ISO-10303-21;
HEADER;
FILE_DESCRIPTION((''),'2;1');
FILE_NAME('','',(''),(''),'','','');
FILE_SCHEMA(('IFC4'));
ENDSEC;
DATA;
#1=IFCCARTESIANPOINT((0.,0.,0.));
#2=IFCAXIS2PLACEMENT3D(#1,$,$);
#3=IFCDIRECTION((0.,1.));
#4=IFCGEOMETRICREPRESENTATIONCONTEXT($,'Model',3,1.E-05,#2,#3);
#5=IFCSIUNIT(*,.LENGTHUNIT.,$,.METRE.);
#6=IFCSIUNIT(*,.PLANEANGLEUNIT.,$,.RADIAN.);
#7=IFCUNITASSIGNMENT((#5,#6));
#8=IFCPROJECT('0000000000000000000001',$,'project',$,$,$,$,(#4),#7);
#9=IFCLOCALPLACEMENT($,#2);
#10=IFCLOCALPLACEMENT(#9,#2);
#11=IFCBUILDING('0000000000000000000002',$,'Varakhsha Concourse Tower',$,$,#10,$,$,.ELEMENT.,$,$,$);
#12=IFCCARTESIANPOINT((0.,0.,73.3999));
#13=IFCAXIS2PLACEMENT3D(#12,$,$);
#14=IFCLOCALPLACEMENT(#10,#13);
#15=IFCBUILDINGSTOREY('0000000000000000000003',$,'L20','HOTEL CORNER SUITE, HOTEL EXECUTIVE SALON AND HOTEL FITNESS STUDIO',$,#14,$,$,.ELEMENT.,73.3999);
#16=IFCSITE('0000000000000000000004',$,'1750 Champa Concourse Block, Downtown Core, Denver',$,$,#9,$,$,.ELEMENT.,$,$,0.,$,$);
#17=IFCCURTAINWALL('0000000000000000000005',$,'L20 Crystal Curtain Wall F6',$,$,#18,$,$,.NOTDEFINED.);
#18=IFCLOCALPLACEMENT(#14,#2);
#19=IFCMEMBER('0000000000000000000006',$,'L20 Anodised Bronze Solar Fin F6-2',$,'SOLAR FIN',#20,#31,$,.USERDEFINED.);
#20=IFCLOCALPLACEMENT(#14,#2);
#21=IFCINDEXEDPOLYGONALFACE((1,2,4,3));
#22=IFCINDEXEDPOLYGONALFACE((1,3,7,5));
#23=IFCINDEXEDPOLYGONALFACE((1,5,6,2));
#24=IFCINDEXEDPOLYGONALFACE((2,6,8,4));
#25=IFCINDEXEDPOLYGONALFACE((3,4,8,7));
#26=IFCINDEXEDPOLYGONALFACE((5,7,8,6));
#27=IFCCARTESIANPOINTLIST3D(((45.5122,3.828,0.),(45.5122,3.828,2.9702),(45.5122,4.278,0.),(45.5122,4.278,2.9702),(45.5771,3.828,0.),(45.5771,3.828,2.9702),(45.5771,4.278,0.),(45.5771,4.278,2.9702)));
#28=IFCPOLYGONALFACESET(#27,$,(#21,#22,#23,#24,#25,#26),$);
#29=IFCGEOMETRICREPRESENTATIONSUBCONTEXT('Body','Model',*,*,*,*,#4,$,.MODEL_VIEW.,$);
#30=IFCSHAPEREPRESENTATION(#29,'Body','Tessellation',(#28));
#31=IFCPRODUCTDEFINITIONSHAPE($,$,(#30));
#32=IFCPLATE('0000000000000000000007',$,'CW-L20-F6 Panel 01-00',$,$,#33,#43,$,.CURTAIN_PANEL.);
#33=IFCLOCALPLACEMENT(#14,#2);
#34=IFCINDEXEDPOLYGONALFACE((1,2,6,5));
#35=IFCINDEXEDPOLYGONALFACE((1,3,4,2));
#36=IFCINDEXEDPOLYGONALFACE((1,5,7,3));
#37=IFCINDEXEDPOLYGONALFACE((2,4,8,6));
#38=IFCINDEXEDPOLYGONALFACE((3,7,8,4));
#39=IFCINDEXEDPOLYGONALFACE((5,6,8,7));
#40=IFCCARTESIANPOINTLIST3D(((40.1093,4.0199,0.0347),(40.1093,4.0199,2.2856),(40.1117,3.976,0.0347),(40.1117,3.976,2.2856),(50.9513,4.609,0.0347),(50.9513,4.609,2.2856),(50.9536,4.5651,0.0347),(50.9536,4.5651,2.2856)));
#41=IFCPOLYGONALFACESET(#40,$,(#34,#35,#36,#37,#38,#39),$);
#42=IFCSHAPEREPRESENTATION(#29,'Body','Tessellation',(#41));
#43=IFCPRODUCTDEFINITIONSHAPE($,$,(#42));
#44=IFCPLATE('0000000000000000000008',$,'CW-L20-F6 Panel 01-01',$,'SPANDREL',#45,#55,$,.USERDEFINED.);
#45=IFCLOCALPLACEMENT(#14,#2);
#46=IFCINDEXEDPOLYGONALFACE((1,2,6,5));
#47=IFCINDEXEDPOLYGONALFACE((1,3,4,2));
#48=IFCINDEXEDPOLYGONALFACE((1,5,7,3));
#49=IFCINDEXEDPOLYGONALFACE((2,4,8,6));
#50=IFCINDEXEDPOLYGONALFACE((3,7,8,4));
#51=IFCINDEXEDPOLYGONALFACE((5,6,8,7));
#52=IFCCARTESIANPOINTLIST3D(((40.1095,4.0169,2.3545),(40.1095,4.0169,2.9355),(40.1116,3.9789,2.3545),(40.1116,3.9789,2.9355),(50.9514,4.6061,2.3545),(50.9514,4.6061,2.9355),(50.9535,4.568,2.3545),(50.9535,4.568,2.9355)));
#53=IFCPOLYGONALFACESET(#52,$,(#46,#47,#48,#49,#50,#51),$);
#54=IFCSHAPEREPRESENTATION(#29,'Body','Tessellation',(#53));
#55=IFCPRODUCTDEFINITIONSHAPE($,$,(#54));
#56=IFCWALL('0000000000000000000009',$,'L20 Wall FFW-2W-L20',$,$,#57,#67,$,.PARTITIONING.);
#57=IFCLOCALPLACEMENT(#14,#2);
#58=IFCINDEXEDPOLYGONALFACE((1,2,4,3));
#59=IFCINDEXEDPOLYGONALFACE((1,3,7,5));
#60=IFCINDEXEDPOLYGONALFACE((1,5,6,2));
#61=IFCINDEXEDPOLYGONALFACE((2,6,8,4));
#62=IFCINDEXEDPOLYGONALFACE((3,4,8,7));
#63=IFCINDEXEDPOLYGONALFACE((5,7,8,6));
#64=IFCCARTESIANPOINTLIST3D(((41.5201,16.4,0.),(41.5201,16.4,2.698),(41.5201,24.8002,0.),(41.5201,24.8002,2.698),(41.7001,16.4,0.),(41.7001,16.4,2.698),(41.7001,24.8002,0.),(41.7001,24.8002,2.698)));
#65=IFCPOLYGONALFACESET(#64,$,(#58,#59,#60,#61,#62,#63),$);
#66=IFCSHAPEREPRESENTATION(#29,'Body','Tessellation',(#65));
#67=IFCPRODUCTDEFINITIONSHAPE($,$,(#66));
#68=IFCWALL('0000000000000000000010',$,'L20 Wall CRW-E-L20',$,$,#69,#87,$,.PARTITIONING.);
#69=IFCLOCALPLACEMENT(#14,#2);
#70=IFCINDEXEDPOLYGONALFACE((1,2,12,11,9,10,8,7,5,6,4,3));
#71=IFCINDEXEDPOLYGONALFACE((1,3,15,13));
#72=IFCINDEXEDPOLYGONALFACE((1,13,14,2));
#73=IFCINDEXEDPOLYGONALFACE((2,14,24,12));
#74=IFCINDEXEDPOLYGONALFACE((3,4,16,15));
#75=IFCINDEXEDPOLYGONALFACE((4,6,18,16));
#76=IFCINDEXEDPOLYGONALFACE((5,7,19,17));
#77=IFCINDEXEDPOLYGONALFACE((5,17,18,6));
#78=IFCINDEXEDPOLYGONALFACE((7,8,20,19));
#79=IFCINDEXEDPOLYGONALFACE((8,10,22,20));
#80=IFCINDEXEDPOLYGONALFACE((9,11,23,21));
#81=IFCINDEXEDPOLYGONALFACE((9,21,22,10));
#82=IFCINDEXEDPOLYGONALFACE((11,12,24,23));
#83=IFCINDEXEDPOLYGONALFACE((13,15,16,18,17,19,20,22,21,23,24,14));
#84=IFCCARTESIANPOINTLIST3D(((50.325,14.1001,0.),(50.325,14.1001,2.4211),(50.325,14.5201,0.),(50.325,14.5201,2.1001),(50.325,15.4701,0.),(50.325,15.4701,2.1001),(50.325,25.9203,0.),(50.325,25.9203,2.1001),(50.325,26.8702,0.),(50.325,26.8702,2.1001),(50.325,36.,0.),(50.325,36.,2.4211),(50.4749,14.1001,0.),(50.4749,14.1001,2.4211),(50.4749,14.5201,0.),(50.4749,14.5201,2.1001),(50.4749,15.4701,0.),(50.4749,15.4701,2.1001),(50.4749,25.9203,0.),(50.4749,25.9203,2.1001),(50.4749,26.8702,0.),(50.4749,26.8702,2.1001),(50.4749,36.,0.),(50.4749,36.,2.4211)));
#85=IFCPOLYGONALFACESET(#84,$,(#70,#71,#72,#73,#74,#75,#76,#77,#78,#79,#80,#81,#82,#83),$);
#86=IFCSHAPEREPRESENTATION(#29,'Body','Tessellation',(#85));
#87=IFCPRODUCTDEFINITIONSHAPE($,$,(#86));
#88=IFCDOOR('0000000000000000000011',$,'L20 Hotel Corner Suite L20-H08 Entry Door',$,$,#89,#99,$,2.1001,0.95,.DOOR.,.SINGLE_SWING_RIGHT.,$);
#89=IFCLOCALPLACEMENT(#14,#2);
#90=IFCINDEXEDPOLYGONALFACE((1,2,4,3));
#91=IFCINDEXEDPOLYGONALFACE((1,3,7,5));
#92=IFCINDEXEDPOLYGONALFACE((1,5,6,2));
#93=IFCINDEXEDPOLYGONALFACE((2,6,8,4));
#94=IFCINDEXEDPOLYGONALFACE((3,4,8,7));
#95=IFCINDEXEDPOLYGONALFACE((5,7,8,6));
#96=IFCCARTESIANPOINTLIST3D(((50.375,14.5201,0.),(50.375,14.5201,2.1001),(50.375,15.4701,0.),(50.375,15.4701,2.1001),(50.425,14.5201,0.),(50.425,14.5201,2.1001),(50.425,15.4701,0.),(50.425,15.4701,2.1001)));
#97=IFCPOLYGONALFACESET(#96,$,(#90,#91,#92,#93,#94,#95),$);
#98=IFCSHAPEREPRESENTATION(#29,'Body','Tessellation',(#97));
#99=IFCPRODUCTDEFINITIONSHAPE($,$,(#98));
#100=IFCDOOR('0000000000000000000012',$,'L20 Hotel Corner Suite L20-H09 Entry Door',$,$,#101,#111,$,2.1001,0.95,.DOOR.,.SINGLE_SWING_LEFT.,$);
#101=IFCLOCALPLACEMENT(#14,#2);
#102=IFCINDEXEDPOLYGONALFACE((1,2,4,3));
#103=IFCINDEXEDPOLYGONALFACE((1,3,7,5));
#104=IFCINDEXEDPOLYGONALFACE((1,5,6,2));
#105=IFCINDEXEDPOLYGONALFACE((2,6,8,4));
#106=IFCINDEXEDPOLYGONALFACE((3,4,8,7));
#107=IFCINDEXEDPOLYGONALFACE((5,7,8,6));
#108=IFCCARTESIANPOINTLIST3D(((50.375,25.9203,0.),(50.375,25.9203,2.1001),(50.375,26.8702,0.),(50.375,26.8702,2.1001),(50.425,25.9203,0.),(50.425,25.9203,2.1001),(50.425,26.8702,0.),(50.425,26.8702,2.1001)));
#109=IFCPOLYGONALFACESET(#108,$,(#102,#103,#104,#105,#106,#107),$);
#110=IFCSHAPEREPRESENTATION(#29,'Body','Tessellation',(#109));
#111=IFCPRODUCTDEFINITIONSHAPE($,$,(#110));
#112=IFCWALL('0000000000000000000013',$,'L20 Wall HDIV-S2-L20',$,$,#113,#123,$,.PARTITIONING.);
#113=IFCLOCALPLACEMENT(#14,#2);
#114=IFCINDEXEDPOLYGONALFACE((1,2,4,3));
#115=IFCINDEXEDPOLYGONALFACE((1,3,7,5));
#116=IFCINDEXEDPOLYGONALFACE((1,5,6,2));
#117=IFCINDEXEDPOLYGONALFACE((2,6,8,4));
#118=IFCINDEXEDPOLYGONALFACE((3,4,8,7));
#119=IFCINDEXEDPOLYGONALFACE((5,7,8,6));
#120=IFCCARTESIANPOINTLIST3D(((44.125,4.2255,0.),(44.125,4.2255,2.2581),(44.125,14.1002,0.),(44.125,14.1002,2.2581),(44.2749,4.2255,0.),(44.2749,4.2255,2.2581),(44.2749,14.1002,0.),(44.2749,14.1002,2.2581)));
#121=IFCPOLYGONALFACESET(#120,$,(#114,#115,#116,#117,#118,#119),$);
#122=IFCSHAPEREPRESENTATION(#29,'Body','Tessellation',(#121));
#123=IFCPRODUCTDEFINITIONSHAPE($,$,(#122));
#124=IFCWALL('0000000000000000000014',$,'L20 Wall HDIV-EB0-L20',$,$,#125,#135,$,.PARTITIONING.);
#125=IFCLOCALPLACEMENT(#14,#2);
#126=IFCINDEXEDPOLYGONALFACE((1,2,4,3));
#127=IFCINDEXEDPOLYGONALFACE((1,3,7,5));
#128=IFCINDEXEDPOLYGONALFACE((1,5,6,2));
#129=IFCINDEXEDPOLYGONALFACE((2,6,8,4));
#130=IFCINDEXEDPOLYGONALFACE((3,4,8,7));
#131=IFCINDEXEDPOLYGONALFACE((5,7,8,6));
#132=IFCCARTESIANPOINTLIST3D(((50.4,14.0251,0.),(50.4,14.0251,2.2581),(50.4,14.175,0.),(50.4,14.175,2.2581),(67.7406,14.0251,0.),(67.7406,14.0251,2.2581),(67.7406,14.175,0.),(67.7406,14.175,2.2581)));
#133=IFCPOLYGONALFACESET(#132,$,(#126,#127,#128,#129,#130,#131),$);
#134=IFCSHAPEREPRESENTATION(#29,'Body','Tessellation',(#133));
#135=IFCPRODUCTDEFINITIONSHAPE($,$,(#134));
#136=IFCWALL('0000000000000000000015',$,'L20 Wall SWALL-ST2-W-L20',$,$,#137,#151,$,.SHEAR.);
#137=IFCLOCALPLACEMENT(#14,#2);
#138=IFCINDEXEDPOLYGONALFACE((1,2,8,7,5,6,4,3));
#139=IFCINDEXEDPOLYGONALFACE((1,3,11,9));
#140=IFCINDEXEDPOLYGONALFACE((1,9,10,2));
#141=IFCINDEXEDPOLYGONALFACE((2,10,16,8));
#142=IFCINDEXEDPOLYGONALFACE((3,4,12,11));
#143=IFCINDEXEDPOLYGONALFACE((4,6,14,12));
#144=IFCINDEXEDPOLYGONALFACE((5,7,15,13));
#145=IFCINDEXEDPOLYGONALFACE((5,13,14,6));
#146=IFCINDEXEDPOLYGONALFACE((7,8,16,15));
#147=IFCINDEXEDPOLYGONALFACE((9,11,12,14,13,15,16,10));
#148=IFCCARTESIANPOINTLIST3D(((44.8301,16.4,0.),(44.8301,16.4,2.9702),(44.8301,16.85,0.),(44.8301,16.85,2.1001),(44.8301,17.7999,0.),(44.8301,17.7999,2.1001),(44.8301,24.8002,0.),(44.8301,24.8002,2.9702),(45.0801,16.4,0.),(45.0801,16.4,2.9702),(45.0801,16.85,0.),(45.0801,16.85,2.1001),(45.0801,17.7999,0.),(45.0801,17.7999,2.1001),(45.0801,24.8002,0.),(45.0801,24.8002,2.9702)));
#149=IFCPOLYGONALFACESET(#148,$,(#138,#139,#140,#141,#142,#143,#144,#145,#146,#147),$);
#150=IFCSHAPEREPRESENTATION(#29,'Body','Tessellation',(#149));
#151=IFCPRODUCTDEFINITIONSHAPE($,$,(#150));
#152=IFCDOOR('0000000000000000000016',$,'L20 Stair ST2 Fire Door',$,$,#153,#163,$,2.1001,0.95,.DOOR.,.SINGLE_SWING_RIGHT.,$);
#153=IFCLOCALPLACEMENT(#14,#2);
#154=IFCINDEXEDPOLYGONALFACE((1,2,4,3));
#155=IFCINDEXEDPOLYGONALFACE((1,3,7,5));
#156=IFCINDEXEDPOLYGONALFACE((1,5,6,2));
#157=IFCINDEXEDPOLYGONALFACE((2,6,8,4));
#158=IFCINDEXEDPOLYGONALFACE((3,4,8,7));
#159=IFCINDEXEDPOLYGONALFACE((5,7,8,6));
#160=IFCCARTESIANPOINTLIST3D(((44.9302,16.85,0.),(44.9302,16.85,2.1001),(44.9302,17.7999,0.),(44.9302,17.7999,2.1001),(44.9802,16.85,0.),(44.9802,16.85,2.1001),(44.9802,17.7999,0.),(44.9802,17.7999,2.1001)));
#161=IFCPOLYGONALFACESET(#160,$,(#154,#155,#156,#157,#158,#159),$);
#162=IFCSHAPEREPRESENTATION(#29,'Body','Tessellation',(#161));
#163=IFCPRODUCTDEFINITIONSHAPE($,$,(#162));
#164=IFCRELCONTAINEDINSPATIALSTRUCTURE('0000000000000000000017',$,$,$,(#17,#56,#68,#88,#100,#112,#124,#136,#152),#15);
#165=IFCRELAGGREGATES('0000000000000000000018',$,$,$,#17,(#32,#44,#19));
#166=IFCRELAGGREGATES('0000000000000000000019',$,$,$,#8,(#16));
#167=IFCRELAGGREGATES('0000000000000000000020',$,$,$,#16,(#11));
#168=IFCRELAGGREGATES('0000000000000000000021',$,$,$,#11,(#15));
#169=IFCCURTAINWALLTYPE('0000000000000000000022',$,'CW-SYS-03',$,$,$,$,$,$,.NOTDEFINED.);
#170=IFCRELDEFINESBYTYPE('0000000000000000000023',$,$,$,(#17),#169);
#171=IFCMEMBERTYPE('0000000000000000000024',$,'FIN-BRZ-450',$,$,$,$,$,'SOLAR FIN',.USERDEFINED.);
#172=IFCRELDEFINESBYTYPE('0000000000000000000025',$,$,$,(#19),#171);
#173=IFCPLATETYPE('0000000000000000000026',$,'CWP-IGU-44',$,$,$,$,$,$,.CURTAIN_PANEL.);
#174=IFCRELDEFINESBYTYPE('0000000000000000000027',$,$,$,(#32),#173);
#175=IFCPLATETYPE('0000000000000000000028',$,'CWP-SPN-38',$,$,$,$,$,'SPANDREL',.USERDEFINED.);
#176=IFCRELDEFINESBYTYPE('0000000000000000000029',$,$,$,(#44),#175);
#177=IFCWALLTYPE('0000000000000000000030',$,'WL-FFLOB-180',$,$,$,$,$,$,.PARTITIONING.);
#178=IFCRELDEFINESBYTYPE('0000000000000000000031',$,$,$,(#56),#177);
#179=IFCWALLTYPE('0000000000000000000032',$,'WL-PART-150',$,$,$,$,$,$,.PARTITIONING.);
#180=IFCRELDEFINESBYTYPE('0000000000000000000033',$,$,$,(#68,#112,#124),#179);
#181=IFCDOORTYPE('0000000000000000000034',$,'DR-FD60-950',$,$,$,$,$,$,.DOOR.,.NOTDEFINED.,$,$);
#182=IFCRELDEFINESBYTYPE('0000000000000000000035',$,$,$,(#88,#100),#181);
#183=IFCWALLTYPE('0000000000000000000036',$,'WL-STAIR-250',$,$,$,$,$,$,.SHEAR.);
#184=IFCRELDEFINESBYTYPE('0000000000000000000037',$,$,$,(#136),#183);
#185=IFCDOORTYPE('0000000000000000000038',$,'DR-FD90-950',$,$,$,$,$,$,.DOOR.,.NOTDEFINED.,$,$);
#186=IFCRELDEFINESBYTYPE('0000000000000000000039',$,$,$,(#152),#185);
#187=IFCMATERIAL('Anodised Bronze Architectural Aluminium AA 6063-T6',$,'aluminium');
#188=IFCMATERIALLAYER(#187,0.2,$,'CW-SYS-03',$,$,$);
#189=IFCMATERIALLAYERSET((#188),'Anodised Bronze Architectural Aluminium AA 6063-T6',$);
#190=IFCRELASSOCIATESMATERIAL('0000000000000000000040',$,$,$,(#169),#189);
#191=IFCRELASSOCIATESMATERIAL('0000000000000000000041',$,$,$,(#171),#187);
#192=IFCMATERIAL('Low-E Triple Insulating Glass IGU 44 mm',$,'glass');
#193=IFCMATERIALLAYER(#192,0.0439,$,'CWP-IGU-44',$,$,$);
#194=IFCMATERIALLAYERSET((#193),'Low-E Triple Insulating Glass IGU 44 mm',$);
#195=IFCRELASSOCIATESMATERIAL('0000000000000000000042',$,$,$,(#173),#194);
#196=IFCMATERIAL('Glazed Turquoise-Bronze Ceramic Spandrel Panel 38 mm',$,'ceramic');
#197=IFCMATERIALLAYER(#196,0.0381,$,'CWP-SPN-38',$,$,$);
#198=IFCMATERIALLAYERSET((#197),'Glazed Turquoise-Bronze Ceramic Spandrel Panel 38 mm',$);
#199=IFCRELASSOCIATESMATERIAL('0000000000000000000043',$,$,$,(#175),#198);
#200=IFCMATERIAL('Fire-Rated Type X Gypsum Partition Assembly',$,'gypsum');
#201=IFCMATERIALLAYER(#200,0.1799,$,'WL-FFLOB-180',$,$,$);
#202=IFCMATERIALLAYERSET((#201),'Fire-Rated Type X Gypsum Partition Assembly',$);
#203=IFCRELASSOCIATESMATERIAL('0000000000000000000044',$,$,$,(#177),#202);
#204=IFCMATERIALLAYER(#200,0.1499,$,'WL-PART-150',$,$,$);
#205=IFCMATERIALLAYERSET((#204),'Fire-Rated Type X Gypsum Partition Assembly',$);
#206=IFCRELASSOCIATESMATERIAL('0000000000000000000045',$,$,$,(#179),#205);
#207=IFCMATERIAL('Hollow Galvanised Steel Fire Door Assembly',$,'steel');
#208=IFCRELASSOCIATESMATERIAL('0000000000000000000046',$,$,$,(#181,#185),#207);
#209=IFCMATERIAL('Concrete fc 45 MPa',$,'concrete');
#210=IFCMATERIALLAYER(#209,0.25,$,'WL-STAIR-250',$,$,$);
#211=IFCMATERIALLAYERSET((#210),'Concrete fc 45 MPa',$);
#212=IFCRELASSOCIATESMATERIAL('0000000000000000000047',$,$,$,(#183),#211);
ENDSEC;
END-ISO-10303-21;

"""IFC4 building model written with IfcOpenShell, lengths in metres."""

from ifc_helpers import new_model, si_unit, direction, frame, frame_2d, origin, origin_2d, place, context, subcontext, project, spatial, rectangle, extrude, source, transform, mapped, material, layer, layer_set, material_profile, profile_set, type_object, type_shapes, element, fill, aggregate, save


model = new_model("IFC4")

# Units and contexts
model_context = context("Model", 3, precision=1e-05, world=origin(), true_north=direction((0.0, 1.0)))
body_context = subcontext(model_context, "Body", "Model", "MODEL_VIEW")
ifc_project = project(units=[si_unit("LENGTHUNIT", "METRE"), si_unit("PLANEANGLEUNIT", "RADIAN")], contexts=[model_context])

# Site, building, storey
site_placement = place(None, origin())
site = spatial("IfcSite", under=ifc_project, at=site_placement, Name="1750 Champa Concourse Block, Downtown Core, Denver", CompositionType="ELEMENT", RefElevation=0.0)
building_placement = place(site_placement, origin())
building = spatial("IfcBuilding", under=site, at=building_placement, Name="Varakhsha Concourse Tower", CompositionType="ELEMENT")
storey_placement = place(building_placement, frame((0.0, 0.0, 73.3999)))
storey = spatial("IfcBuildingStorey", under=building, at=storey_placement, Name="L20", Description="HOTEL CORNER SUITE, HOTEL EXECUTIVE SALON AND HOTEL FITNESS STUDIO", CompositionType="ELEMENT", Elevation=73.3999)

# Shared definitions
ifc_material_1 = material(Name="Anodised Bronze Architectural Aluminium AA 6063-T6", Category="aluminium")
ifc_layer_1 = layer(ifc_material_1, 0.2, Name="CW-SYS-03")
ifc_layer_set_1 = layer_set([ifc_layer_1], Name="Anodised Bronze Architectural Aluminium AA 6063-T6")
curtain_wall_type = type_object("IfcCurtainWallType", Name="CW-SYS-03", PredefinedType="NOTDEFINED", material=ifc_layer_set_1)

# Curtain wall
curtain_wall_1_placement = place(storey_placement, origin())
curtain_wall_1 = element("IfcCurtainWall", 1, at=curtain_wall_1_placement, inside=storey, type_object=curtain_wall_type, Name="L20 Crystal Curtain Wall F6", PredefinedType="NOTDEFINED")

# Member
ifc_material_profile_1 = material_profile(ifc_material_1, rectangle(XDim=0.0649, YDim=0.45, at=origin_2d()), Name="FIN-BRZ-450")
ifc_profile_set_1 = profile_set([ifc_material_profile_1], Name="Anodised Bronze Architectural Aluminium AA 6063-T6")
member_type_1 = type_object("IfcMemberType", Name="FIN-BRZ-450", ElementType="SOLAR FIN", PredefinedType="USERDEFINED", material=ifc_profile_set_1)
shared_shape_1 = source(origin(), body_context, "Body", "SweptSolid", [
    extrude(rectangle(XDim=0.0649, YDim=0.45, at=origin_2d()), origin(), (0.0, 0.0, 1.0), 2.9702),
])
type_shapes(member_type_1, [shared_shape_1])
member_1_placement = place(storey_placement, frame((45.5447, 4.053, 0.0), z_axis=(0.0, 0.0, 1.0), x_axis=(1.0, 0.0, 0.0)))
member_1 = element("IfcMember", 2, at=member_1_placement, type_object=member_type_1, Name="L20 Anodised Bronze Solar Fin F6-2", ObjectType="SOLAR FIN", PredefinedType="USERDEFINED", context=body_context, shape_type="MappedRepresentation", body=[
    mapped(shared_shape_1, transform((0.0, 0.0, 0.0), scale=1.0)),
])

# Plates
ifc_material_2 = material(Name="Low-E Triple Insulating Glass IGU 44 mm", Category="glass")
ifc_layer_2 = layer(ifc_material_2, 0.0439, Name="CWP-IGU-44")
ifc_layer_set_2 = layer_set([ifc_layer_2], Name="Low-E Triple Insulating Glass IGU 44 mm")
plate_type_1 = type_object("IfcPlateType", Name="CWP-IGU-44", PredefinedType="CURTAIN_PANEL", material=ifc_layer_set_2)
shared_shape_2 = source(origin(), body_context, "Body", "SweptSolid", [
    extrude(rectangle(XDim=10.8579, YDim=0.0439, at=origin_2d()), origin(), (0.0, 0.0, 1.0), 2.251),
])
type_shapes(plate_type_1, [shared_shape_2])
plate_1_placement = place(storey_placement, frame((45.5315, 4.2925, 0.0347), z_axis=(0.0, 0.0, 1.0), x_axis=(-0.998527, -0.054257, 0.0)))
plate_1 = element("IfcPlate", 3, at=plate_1_placement, type_object=plate_type_1, Name="CW-L20-F6 Panel 01-00", PredefinedType="CURTAIN_PANEL", context=body_context, shape_type="MappedRepresentation", body=[
    mapped(shared_shape_2, transform((0.0, 0.0, 0.0), scale=1.0)),
])
ifc_material_3 = material(Name="Glazed Turquoise-Bronze Ceramic Spandrel Panel 38 mm", Category="ceramic")
ifc_layer_3 = layer(ifc_material_3, 0.0381, Name="CWP-SPN-38")
ifc_layer_set_3 = layer_set([ifc_layer_3], Name="Glazed Turquoise-Bronze Ceramic Spandrel Panel 38 mm")
plate_type_2 = type_object("IfcPlateType", Name="CWP-SPN-38", ElementType="SPANDREL", PredefinedType="USERDEFINED", material=ifc_layer_set_3)
shared_shape_3 = source(origin(), body_context, "Body", "SweptSolid", [
    extrude(rectangle(XDim=10.8579, YDim=0.0381, at=origin_2d()), origin(), (0.0, 0.0, 1.0), 0.5811),
])
type_shapes(plate_type_2, [shared_shape_3])
plate_2_placement = place(storey_placement, frame((45.5315, 4.2925, 2.3545), z_axis=(0.0, 0.0, 1.0), x_axis=(-0.998527, -0.054257, 0.0)))
plate_2 = element("IfcPlate", 4, at=plate_2_placement, type_object=plate_type_2, Name="CW-L20-F6 Panel 01-01", ObjectType="SPANDREL", PredefinedType="USERDEFINED", context=body_context, shape_type="MappedRepresentation", body=[
    mapped(shared_shape_3, transform((0.0, 0.0, 0.0), scale=1.0)),
])
aggregate(curtain_wall_1, [plate_1, plate_2, member_1])

# Wall
ifc_material_4 = material(Name="Fire-Rated Type X Gypsum Partition Assembly", Category="gypsum")
ifc_layer_4 = layer(ifc_material_4, 0.1799, Name="WL-FFLOB-180")
ifc_layer_set_4 = layer_set([ifc_layer_4], Name="Fire-Rated Type X Gypsum Partition Assembly")
wall_type_1 = type_object("IfcWallType", Name="WL-FFLOB-180", PredefinedType="PARTITIONING", material=ifc_layer_set_4)
wall_1_placement = place(storey_placement, frame((41.6101, 16.3999, 0.0), z_axis=(0.0, 0.0, 1.0), x_axis=(0.0, 1.0, 0.0)))
element("IfcWall", 5, at=wall_1_placement, inside=storey, type_object=wall_type_1, Name="L20 Wall FFW-2W-L20", PredefinedType="PARTITIONING", context=body_context, shape_type="SweptSolid", body=[
    extrude(rectangle(XDim=8.4001, YDim=0.1799, at=frame_2d((4.2002, 0.0))), origin(), (0.0, 0.0, 1.0), 2.698),
])

# Wall, openings, doors
ifc_layer_5 = layer(ifc_material_4, 0.1499, Name="WL-PART-150")
ifc_layer_set_5 = layer_set([ifc_layer_5], Name="Fire-Rated Type X Gypsum Partition Assembly")
wall_type_2 = type_object("IfcWallType", Name="WL-PART-150", PredefinedType="PARTITIONING", material=ifc_layer_set_5)
wall_2_placement = place(storey_placement, frame((50.3999, 14.1001, 0.0), z_axis=(0.0, 0.0, 1.0), x_axis=(0.0, 1.0, 0.0)))
wall_2 = element("IfcWall", 6, at=wall_2_placement, inside=storey, type_object=wall_type_2, Name="L20 Wall CRW-E-L20", PredefinedType="PARTITIONING", context=body_context, shape_type="SweptSolid", body=[
    extrude(rectangle(XDim=21.8999, YDim=0.1499, at=frame_2d((10.95, 0.0))), origin(), (0.0, 0.0, 1.0), 2.4211),
])
opening_1_placement = place(wall_2_placement, frame((0.4199, 0.0, 0.0)))
opening_1 = element("IfcOpeningElement", 7, at=opening_1_placement, cuts=wall_2, PredefinedType="OPENING", context=body_context, shape_type="SweptSolid", body=[
    extrude(rectangle(XDim=0.95, YDim=2.1001, at=frame_2d((0.4751, 1.05))), frame((0.0, 0.085, 0.0), z_axis=(0.0, -1.0, 0.0), x_axis=(1.0, 0.0, 0.0)), (0.0, 0.0, 1.0), 0.1699),
])
opening_2_placement = place(wall_2_placement, frame((11.8201, 0.0, 0.0)))
opening_2 = element("IfcOpeningElement", 8, at=opening_2_placement, cuts=wall_2, PredefinedType="OPENING", context=body_context, shape_type="SweptSolid", body=[
    extrude(rectangle(XDim=0.95, YDim=2.1001, at=frame_2d((0.4751, 1.05))), frame((0.0, 0.085, 0.0), z_axis=(0.0, -1.0, 0.0), x_axis=(1.0, 0.0, 0.0)), (0.0, 0.0, 1.0), 0.1699),
])
ifc_material_5 = material(Name="Hollow Galvanised Steel Fire Door Assembly", Category="steel")
door_type_1 = type_object("IfcDoorType", Name="DR-FD60-950", OperationType="NOTDEFINED", PredefinedType="DOOR", material=ifc_material_5)
door_1_placement = place(opening_1_placement, origin())
door_1 = element("IfcDoor", 9, at=door_1_placement, inside=storey, type_object=door_type_1, Name="L20 Hotel Corner Suite L20-H08 Entry Door", OperationType="SINGLE_SWING_RIGHT", OverallHeight=2.1001, OverallWidth=0.95, PredefinedType="DOOR", context=body_context, shape_type="SweptSolid", body=[
    extrude(rectangle(XDim=0.95, YDim=2.1001, at=frame_2d((0.4751, 1.05))), frame((0.0, 0.0249, 0.0), z_axis=(0.0, -1.0, 0.0), x_axis=(1.0, 0.0, 0.0)), (0.0, 0.0, 1.0), 0.05),
])
fill(opening_1, door_1)
door_2_placement = place(opening_2_placement, origin())
door_2 = element("IfcDoor", 10, at=door_2_placement, inside=storey, type_object=door_type_1, Name="L20 Hotel Corner Suite L20-H09 Entry Door", OperationType="SINGLE_SWING_LEFT", OverallHeight=2.1001, OverallWidth=0.95, PredefinedType="DOOR", context=body_context, shape_type="SweptSolid", body=[
    extrude(rectangle(XDim=0.95, YDim=2.1001, at=frame_2d((0.4751, 1.05))), frame((0.0, 0.0249, 0.0), z_axis=(0.0, -1.0, 0.0), x_axis=(1.0, 0.0, 0.0)), (0.0, 0.0, 1.0), 0.05),
])
fill(opening_2, door_2)

# Walls
wall_3_placement = place(storey_placement, frame((44.2, 4.2253, 0.0), z_axis=(0.0, 0.0, 1.0), x_axis=(0.0, 1.0, 0.0)))
element("IfcWall", 11, at=wall_3_placement, inside=storey, type_object=wall_type_2, Name="L20 Wall HDIV-S2-L20", PredefinedType="PARTITIONING", context=body_context, shape_type="SweptSolid", body=[
    extrude(rectangle(XDim=9.8748, YDim=0.1499, at=frame_2d((4.9375, 0.0))), origin(), (0.0, 0.0, 1.0), 2.2581),
])
wall_4_placement = place(storey_placement, frame((50.3999, 14.1001, 0.0), z_axis=(0.0, 0.0, 1.0), x_axis=(1.0, 0.0, 0.0)))
element("IfcWall", 12, at=wall_4_placement, inside=storey, type_object=wall_type_2, Name="L20 Wall HDIV-EB0-L20", PredefinedType="PARTITIONING", context=body_context, shape_type="SweptSolid", body=[
    extrude(rectangle(XDim=17.3406, YDim=0.1499, at=frame_2d((8.6704, 0.0))), origin(), (0.0, 0.0, 1.0), 2.2581),
])

# Wall, opening, door
ifc_material_6 = material(Name="Concrete fc 45 MPa", Category="concrete")
ifc_layer_6 = layer(ifc_material_6, 0.25, Name="WL-STAIR-250")
ifc_layer_set_6 = layer_set([ifc_layer_6], Name="Concrete fc 45 MPa")
wall_type_3 = type_object("IfcWallType", Name="WL-STAIR-250", PredefinedType="SHEAR", material=ifc_layer_set_6)
wall_5_placement = place(storey_placement, frame((44.9551, 16.3999, 0.0), z_axis=(0.0, 0.0, 1.0), x_axis=(0.0, 1.0, 0.0)))
wall_5 = element("IfcWall", 13, at=wall_5_placement, inside=storey, type_object=wall_type_3, Name="L20 Wall SWALL-ST2-W-L20", PredefinedType="SHEAR", context=body_context, shape_type="SweptSolid", body=[
    extrude(rectangle(XDim=8.4001, YDim=0.25, at=frame_2d((4.2002, 0.0))), origin(), (0.0, 0.0, 1.0), 2.9702),
])
opening_3_placement = place(wall_5_placement, frame((0.45, 0.0, 0.0)))
opening_3 = element("IfcOpeningElement", 14, at=opening_3_placement, cuts=wall_5, PredefinedType="OPENING", context=body_context, shape_type="SweptSolid", body=[
    extrude(rectangle(XDim=0.95, YDim=2.1001, at=frame_2d((0.4751, 1.05))), frame((0.0, 0.135, 0.0), z_axis=(0.0, -1.0, 0.0), x_axis=(1.0, 0.0, 0.0)), (0.0, 0.0, 1.0), 0.27),
])
door_type_2 = type_object("IfcDoorType", Name="DR-FD90-950", OperationType="NOTDEFINED", PredefinedType="DOOR", material=ifc_material_5)
door_3_placement = place(opening_3_placement, origin())
door_3 = element("IfcDoor", 15, at=door_3_placement, inside=storey, type_object=door_type_2, Name="L20 Stair ST2 Fire Door", OperationType="SINGLE_SWING_RIGHT", OverallHeight=2.1001, OverallWidth=0.95, PredefinedType="DOOR", context=body_context, shape_type="SweptSolid", body=[
    extrude(rectangle(XDim=0.95, YDim=2.1001, at=frame_2d((0.4751, 1.05))), frame((0.0, 0.0249, 0.0), z_axis=(0.0, -1.0, 0.0), x_axis=(1.0, 0.0, 0.0)), (0.0, 0.0, 1.0), 0.05),
])
fill(opening_3, door_3)

save(model, "model.ifc")
